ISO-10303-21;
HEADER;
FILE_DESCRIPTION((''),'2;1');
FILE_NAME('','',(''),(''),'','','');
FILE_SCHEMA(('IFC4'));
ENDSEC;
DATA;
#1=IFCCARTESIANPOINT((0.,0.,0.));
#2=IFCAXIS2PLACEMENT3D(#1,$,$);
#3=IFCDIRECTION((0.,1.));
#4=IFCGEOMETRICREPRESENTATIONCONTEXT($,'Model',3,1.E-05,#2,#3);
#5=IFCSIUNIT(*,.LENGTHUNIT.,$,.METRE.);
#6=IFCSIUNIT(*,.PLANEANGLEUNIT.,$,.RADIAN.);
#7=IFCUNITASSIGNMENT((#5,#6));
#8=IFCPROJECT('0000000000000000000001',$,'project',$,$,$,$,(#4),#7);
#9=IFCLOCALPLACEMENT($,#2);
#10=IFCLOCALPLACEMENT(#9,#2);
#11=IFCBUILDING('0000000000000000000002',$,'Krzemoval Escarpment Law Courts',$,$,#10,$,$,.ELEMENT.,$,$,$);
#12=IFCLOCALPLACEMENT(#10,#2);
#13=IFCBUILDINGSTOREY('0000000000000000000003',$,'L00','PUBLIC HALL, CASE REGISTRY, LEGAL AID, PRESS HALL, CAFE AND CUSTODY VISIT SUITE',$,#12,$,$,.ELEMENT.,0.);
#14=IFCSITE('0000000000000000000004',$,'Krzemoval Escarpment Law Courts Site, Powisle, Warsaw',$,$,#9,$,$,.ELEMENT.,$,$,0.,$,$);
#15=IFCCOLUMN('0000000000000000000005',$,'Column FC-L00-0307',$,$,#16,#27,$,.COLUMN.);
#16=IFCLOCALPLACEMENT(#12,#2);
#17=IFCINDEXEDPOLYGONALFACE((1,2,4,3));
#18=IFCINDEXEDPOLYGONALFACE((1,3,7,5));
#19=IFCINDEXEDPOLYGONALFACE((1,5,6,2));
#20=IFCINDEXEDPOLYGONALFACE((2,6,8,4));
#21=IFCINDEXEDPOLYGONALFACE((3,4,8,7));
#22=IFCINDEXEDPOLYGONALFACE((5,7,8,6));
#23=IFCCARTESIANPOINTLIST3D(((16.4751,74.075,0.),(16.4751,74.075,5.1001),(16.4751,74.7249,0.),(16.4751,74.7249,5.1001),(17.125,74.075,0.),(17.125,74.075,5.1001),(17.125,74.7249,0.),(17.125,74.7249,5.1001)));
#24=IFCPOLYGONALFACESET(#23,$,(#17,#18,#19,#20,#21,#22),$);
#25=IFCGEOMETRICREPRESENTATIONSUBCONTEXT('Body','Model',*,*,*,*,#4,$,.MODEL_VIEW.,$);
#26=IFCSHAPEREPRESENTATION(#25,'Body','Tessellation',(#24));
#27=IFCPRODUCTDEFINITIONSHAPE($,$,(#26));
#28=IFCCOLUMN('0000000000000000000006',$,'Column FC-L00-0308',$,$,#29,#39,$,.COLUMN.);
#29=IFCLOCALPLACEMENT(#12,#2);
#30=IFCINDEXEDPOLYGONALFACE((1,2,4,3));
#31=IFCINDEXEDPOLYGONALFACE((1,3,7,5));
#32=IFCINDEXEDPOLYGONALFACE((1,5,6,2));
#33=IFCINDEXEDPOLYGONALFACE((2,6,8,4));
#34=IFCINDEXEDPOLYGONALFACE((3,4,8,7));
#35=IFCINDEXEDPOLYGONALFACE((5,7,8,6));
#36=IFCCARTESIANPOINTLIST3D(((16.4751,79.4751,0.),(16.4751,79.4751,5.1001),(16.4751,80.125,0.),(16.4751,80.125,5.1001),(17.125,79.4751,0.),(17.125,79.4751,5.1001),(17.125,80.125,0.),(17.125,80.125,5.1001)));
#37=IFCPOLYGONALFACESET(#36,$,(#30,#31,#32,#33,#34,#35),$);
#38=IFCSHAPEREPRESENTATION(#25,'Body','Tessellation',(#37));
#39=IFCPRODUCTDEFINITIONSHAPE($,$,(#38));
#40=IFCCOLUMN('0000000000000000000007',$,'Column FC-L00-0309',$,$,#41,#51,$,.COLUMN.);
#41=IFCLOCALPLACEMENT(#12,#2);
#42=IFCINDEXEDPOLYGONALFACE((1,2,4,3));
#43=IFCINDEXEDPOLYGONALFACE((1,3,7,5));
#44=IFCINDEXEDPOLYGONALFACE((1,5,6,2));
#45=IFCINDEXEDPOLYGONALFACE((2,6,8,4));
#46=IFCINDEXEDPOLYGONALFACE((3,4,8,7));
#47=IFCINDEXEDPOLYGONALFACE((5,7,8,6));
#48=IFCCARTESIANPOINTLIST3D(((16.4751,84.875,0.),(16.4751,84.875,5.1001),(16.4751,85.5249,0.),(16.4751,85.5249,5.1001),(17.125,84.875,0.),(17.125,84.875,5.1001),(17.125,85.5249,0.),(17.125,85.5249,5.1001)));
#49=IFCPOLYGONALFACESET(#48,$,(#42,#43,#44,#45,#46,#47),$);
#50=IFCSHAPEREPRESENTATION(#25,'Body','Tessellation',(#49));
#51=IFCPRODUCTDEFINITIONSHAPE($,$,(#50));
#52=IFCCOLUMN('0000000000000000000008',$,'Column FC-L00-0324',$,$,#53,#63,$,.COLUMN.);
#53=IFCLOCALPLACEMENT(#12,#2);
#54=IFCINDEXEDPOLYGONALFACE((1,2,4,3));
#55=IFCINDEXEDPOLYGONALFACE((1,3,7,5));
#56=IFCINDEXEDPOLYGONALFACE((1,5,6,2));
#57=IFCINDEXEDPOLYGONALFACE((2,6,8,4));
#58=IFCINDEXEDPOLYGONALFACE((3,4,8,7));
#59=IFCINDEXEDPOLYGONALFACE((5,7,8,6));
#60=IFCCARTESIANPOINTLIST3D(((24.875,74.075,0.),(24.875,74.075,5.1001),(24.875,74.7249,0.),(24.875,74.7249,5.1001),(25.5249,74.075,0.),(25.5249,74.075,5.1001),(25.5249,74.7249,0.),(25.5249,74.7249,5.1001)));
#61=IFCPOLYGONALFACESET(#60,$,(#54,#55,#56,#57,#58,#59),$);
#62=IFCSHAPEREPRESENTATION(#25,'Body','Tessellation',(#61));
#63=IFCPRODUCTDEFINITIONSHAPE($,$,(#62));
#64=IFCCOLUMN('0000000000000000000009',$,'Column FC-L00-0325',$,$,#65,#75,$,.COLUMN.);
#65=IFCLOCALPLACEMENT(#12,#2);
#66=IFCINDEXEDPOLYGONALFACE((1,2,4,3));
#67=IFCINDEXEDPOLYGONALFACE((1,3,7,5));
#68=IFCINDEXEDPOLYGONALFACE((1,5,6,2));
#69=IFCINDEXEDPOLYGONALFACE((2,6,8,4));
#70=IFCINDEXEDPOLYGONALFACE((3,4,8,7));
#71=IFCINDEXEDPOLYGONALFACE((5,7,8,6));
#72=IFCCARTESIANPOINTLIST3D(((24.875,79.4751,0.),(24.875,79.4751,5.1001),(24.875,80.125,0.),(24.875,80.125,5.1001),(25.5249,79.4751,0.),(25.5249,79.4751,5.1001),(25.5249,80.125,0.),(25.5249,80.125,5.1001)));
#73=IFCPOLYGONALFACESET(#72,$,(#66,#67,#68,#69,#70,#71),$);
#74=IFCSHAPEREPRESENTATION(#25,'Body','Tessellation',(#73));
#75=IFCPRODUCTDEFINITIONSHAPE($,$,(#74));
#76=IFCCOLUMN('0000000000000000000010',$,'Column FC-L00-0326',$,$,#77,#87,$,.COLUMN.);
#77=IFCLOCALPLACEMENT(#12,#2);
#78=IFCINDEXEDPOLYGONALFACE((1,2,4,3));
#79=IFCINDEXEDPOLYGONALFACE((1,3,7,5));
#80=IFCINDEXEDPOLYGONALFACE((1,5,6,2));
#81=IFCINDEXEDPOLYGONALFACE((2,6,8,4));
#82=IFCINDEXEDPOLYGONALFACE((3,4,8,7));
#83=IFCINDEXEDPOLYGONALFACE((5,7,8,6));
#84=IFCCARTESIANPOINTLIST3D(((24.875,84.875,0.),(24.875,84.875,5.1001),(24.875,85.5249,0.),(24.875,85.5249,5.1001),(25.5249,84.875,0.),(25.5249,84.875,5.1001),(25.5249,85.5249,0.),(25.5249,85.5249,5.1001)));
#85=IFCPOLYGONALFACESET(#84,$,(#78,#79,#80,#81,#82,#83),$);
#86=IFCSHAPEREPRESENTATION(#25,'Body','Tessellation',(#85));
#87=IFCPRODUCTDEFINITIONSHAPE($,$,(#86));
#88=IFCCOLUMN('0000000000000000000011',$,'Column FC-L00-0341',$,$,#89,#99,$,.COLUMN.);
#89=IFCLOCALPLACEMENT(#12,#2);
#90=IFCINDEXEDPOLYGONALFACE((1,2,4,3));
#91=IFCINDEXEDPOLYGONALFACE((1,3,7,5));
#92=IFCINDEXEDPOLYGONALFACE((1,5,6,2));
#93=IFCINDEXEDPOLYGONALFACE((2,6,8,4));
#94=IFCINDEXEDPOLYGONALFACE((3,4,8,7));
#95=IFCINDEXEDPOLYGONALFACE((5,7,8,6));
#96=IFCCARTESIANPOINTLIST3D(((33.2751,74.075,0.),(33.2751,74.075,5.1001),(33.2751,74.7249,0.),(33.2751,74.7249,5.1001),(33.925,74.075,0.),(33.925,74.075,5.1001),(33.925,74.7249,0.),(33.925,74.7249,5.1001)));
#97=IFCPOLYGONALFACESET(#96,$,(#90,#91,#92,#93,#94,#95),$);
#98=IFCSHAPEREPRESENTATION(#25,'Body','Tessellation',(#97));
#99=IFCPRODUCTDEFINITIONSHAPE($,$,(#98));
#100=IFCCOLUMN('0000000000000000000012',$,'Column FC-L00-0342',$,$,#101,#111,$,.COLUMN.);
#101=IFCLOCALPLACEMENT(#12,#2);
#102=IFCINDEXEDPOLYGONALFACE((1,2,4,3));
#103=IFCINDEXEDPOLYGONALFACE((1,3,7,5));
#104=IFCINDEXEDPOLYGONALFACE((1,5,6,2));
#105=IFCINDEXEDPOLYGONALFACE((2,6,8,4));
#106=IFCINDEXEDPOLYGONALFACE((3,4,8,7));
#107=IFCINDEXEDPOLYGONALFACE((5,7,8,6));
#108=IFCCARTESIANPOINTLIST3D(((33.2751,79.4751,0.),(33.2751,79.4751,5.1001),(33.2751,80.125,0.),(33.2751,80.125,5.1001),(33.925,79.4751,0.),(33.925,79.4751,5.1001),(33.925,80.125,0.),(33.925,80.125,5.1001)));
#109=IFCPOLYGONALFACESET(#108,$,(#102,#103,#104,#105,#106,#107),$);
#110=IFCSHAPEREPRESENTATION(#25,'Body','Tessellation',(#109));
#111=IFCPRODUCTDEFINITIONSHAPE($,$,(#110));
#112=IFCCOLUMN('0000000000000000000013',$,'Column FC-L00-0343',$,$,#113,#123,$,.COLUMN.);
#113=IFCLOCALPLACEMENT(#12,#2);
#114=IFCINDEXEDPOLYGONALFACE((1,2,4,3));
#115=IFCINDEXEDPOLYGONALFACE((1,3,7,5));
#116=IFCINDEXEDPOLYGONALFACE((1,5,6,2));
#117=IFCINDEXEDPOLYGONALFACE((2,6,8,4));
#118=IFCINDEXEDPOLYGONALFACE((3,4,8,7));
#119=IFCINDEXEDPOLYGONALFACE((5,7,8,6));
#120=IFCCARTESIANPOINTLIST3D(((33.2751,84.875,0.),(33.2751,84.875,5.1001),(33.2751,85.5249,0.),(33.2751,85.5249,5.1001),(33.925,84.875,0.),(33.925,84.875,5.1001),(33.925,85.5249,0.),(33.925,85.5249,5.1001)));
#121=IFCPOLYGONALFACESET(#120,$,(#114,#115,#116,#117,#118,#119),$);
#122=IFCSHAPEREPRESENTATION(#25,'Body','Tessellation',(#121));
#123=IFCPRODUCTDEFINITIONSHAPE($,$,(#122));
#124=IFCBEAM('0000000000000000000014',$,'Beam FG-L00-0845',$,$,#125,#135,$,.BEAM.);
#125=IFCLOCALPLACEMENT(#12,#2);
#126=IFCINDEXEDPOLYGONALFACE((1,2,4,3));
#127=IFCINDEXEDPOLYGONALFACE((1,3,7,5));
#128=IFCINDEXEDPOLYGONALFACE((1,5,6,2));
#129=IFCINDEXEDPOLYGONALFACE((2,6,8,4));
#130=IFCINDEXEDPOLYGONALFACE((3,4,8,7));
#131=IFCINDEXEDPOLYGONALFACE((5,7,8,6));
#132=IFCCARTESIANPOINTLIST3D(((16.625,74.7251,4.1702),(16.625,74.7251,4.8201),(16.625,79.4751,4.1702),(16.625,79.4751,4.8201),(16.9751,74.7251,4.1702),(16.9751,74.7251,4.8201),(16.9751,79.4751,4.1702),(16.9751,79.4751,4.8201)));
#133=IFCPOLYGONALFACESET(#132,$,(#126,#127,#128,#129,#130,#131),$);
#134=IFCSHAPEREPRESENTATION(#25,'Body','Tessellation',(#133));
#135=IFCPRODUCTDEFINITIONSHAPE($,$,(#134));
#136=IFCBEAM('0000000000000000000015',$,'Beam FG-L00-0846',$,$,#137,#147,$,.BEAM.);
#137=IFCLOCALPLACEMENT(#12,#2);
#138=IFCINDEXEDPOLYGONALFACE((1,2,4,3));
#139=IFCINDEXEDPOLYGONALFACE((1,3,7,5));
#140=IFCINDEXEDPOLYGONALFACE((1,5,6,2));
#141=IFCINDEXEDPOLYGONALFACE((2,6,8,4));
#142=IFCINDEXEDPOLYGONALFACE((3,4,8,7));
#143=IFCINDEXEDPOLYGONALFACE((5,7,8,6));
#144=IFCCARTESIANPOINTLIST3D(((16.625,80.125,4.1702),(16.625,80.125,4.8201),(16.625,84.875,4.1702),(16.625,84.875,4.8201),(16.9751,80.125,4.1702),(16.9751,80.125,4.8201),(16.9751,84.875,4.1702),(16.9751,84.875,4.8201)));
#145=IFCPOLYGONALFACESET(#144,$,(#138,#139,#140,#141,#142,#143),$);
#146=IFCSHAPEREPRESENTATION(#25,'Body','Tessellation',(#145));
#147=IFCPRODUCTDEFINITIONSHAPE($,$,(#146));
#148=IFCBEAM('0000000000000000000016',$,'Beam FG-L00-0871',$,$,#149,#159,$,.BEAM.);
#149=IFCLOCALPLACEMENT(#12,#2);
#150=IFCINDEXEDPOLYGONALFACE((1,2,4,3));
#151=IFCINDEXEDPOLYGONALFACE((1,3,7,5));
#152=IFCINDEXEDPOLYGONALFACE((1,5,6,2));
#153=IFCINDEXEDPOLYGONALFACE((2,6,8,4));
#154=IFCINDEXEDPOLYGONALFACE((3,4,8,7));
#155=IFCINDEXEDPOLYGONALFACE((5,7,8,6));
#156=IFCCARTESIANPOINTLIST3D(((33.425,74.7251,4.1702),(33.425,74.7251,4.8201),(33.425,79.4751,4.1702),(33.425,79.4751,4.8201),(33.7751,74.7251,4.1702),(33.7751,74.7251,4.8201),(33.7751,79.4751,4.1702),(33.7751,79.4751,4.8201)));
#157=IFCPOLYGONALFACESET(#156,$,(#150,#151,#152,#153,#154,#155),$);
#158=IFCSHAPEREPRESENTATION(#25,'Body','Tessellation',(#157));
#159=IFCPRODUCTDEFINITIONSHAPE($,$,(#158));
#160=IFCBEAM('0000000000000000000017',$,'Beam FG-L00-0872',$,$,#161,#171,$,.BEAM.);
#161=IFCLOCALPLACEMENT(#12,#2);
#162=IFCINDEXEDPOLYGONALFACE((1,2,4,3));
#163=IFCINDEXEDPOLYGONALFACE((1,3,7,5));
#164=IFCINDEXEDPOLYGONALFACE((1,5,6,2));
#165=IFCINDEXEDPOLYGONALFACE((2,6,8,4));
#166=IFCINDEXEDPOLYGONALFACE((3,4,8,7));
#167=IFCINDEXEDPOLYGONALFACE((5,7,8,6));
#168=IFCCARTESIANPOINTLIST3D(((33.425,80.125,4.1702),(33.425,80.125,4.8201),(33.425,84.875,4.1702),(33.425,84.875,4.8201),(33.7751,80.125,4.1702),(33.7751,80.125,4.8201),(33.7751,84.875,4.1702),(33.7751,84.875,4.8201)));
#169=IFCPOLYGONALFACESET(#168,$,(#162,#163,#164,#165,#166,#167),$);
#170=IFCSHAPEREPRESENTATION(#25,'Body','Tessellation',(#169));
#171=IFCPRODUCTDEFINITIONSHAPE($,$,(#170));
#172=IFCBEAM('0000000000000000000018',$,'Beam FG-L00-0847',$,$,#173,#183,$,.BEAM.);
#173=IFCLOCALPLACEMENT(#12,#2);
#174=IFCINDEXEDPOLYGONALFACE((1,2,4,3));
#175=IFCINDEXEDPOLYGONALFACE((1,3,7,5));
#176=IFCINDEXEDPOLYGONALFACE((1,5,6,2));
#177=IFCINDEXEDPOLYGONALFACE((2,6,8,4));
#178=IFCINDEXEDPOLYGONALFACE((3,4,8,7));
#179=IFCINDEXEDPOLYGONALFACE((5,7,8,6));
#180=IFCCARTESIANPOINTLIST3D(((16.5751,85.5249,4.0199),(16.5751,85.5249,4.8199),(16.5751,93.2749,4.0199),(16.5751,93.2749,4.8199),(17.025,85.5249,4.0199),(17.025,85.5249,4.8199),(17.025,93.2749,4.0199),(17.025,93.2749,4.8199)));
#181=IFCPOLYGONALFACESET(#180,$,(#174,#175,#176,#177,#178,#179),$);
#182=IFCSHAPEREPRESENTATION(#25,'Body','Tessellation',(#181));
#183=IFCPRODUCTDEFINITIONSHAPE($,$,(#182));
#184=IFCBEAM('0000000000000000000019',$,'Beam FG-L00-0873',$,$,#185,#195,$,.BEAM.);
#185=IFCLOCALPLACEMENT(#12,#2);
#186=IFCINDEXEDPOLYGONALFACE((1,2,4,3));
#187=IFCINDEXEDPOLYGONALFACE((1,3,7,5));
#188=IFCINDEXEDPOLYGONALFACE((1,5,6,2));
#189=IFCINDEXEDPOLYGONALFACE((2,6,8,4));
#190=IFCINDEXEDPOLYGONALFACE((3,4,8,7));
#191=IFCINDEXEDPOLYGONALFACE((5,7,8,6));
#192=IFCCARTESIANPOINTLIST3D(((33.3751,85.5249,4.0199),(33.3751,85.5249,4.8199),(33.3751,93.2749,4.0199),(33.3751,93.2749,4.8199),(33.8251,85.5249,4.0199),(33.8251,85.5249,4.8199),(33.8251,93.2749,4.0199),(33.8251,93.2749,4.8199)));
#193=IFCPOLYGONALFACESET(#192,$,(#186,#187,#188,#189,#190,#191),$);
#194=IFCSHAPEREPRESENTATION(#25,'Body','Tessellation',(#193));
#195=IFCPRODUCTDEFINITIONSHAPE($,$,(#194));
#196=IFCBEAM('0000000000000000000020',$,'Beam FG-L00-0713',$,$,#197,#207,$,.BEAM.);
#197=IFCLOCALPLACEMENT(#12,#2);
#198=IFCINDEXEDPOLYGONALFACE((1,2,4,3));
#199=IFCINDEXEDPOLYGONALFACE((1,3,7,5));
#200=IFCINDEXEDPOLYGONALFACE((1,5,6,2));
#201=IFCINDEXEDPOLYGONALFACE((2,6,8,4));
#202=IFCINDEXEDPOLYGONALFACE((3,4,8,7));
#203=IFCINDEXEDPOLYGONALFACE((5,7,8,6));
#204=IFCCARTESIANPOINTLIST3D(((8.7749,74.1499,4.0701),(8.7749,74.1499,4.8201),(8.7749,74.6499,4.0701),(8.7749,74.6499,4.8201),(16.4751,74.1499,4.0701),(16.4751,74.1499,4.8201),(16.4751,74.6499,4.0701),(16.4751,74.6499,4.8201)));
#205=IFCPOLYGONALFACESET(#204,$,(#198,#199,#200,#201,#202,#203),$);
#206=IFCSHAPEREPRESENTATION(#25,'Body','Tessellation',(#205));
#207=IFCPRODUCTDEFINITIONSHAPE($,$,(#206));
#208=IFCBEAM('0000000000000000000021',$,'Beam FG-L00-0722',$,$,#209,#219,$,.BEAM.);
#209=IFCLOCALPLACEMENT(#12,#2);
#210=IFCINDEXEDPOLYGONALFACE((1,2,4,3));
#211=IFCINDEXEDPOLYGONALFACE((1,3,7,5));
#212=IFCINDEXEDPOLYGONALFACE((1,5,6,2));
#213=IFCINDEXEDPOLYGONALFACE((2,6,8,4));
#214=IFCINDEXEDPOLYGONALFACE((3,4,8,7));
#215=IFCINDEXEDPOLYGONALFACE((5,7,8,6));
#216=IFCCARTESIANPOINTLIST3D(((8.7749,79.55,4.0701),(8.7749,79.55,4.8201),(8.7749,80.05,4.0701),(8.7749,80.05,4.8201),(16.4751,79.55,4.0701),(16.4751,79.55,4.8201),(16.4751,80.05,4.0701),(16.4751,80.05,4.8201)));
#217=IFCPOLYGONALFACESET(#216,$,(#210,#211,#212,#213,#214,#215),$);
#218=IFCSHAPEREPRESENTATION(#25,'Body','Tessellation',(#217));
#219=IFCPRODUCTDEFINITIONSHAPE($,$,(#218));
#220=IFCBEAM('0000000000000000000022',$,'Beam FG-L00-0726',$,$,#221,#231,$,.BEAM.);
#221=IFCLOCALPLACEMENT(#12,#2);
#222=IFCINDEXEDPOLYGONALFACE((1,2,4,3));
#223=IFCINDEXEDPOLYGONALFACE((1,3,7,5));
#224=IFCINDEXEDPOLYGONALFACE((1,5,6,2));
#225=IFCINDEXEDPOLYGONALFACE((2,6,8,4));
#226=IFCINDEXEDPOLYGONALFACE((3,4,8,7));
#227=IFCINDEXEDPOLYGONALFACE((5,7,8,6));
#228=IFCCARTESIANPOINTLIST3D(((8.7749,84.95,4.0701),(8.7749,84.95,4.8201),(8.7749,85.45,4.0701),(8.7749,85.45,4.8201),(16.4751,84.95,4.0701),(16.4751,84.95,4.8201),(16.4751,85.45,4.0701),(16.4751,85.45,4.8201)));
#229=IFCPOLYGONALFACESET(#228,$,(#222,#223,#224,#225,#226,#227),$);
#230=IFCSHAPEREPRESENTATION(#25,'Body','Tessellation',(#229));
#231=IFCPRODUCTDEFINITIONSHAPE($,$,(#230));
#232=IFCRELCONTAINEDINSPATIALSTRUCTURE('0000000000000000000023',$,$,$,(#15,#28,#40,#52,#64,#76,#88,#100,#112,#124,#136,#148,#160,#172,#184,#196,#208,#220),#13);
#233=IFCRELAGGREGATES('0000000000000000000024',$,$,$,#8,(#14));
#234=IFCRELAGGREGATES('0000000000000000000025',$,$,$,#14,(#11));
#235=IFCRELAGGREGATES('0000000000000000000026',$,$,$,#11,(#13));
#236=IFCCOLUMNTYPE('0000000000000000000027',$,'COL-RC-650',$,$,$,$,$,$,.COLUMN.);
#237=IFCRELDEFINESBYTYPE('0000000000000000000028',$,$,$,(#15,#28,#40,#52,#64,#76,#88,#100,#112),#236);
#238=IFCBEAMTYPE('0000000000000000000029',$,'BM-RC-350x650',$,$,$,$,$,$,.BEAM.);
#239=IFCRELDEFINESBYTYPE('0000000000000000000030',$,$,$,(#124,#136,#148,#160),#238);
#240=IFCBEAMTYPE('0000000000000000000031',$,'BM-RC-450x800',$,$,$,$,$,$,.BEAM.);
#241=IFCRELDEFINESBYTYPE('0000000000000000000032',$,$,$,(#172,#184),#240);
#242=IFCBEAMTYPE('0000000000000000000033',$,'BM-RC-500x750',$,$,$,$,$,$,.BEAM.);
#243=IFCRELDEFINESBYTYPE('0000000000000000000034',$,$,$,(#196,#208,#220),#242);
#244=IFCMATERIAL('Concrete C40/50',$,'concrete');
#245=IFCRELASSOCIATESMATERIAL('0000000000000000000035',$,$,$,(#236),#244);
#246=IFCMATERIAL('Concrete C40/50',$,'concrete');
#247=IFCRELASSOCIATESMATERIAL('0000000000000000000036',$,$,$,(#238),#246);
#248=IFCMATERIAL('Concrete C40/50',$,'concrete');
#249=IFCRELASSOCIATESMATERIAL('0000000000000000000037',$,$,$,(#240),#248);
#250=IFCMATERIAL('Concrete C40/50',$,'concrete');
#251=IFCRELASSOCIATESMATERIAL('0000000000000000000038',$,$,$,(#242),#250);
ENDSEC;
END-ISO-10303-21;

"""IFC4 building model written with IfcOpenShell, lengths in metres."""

from ifc_helpers import new_model, si_unit, direction, frame, origin, origin_2d, place, context, subcontext, project, spatial, rectangle, extrude, material, material_profile, profile_set, type_object, element, save


model = new_model("IFC4")

# Units and contexts
model_context = context("Model", 3, precision=1e-05, world=origin(), true_north=direction((0.0, 1.0)))
body_context = subcontext(model_context, "Body", "Model", "MODEL_VIEW")
ifc_project = project(units=[si_unit("LENGTHUNIT", "METRE"), si_unit("PLANEANGLEUNIT", "RADIAN")], contexts=[model_context])

# Site, building, storey
site_placement = place(None, origin())
site = spatial("IfcSite", under=ifc_project, at=site_placement, Name="Krzemoval Escarpment Law Courts Site, Powisle, Warsaw", CompositionType="ELEMENT", RefElevation=0.0)
building_placement = place(site_placement, origin())
building = spatial("IfcBuilding", under=site, at=building_placement, Name="Krzemoval Escarpment Law Courts", CompositionType="ELEMENT")
storey_placement = place(building_placement, origin())
storey = spatial("IfcBuildingStorey", under=building, at=storey_placement, Name="L00", Description="PUBLIC HALL, CASE REGISTRY, LEGAL AID, PRESS HALL, CAFE AND CUSTODY VISIT SUITE", CompositionType="ELEMENT", Elevation=0.0)

# Columns
ifc_material_1 = material(Name="Concrete C40/50", Category="concrete")
ifc_material_profile_1 = material_profile(ifc_material_1, rectangle(XDim=0.6499, YDim=0.6499, at=origin_2d()), Name="RC 650x650")
ifc_profile_set_1 = profile_set([ifc_material_profile_1], Name="Concrete C40/50")
column_type = type_object("IfcColumnType", Name="COL-RC-650", PredefinedType="COLUMN", material=ifc_profile_set_1)
for number, where, z_axis, x_axis, name in (
    (1, (16.8, 74.3999, 0.0), (0.0, 0.0, 1.0), (1.0, 0.0, 0.0), "Column FC-L00-0307"),
    (2, (16.8, 79.8, 0.0), (0.0, 0.0, 1.0), (1.0, 0.0, 0.0), "Column FC-L00-0308"),
    (3, (16.8, 85.2, 0.0), (0.0, 0.0, 1.0), (1.0, 0.0, 0.0), "Column FC-L00-0309"),
    (4, (25.2, 74.3999, 0.0), (0.0, 0.0, 1.0), (1.0, 0.0, 0.0), "Column FC-L00-0324"),
    (5, (25.2, 79.8, 0.0), (0.0, 0.0, 1.0), (1.0, 0.0, 0.0), "Column FC-L00-0325"),
    (6, (25.2, 85.2, 0.0), (0.0, 0.0, 1.0), (1.0, 0.0, 0.0), "Column FC-L00-0326"),
    (7, (33.6001, 74.3999, 0.0), (0.0, 0.0, 1.0), (1.0, 0.0, 0.0), "Column FC-L00-0341"),
    (8, (33.6001, 79.8, 0.0), (0.0, 0.0, 1.0), (1.0, 0.0, 0.0), "Column FC-L00-0342"),
    (9, (33.6001, 85.2, 0.0), (0.0, 0.0, 1.0), (1.0, 0.0, 0.0), "Column FC-L00-0343"),
):
    element("IfcColumn", number, at=place(storey_placement, frame(where, z_axis=z_axis, x_axis=x_axis)), inside=storey, type_object=column_type, Name=name, PredefinedType="COLUMN", context=body_context, shape_type="SweptSolid", body=[
        extrude(rectangle(XDim=0.6499, YDim=0.6499, at=origin_2d()), origin(), (0.0, 0.0, 1.0), 5.1001),
    ])

# Beams
ifc_material_2 = material(Name="Concrete C40/50", Category="concrete")
ifc_material_profile_2 = material_profile(ifc_material_2, rectangle(XDim=0.3501, YDim=0.6499, at=origin_2d()), Name="RCB 350x650")
ifc_profile_set_2 = profile_set([ifc_material_profile_2], Name="Concrete C40/50")
beam_type_1 = type_object("IfcBeamType", Name="BM-RC-350x650", PredefinedType="BEAM", material=ifc_profile_set_2)
for number, where, z_axis, x_axis, name in (
    (10, (16.8, 74.7251, 4.4951), (0.0, 1.0, 0.0), (-1.0, 0.0, 0.0), "Beam FG-L00-0845"),
    (11, (16.8, 80.125, 4.4951), (0.0, 1.0, 0.0), (-1.0, 0.0, 0.0), "Beam FG-L00-0846"),
    (12, (33.6001, 74.7251, 4.4951), (0.0, 1.0, 0.0), (-1.0, 0.0, 0.0), "Beam FG-L00-0871"),
    (13, (33.6001, 80.125, 4.4951), (0.0, 1.0, 0.0), (-1.0, 0.0, 0.0), "Beam FG-L00-0872"),
):
    element("IfcBeam", number, at=place(storey_placement, frame(where, z_axis=z_axis, x_axis=x_axis)), inside=storey, type_object=beam_type_1, Name=name, PredefinedType="BEAM", context=body_context, shape_type="SweptSolid", body=[
        extrude(rectangle(XDim=0.3501, YDim=0.6499, at=origin_2d()), origin(), (0.0, 0.0, 1.0), 4.75),
    ])
ifc_material_3 = material(Name="Concrete C40/50", Category="concrete")
ifc_material_profile_3 = material_profile(ifc_material_3, rectangle(XDim=0.45, YDim=0.8, at=origin_2d()), Name="RCB 450x800")
ifc_profile_set_3 = profile_set([ifc_material_profile_3], Name="Concrete C40/50")
beam_type_2 = type_object("IfcBeamType", Name="BM-RC-450x800", PredefinedType="BEAM", material=ifc_profile_set_3)
for number, where, z_axis, x_axis, name in (
    (14, (16.8, 85.5249, 4.4199), (0.0, 1.0, 0.0), (-1.0, 0.0, 0.0), "Beam FG-L00-0847"),
    (15, (33.6001, 85.5249, 4.4199), (0.0, 1.0, 0.0), (-1.0, 0.0, 0.0), "Beam FG-L00-0873"),
):
    element("IfcBeam", number, at=place(storey_placement, frame(where, z_axis=z_axis, x_axis=x_axis)), inside=storey, type_object=beam_type_2, Name=name, PredefinedType="BEAM", context=body_context, shape_type="SweptSolid", body=[
        extrude(rectangle(XDim=0.45, YDim=0.8, at=origin_2d()), origin(), (0.0, 0.0, 1.0), 7.75),
    ])
ifc_material_4 = material(Name="Concrete C40/50", Category="concrete")
ifc_material_profile_4 = material_profile(ifc_material_4, rectangle(XDim=0.5, YDim=0.75, at=origin_2d()), Name="RCB 500x750")
ifc_profile_set_4 = profile_set([ifc_material_profile_4], Name="Concrete C40/50")
beam_type_3 = type_object("IfcBeamType", Name="BM-RC-500x750", PredefinedType="BEAM", material=ifc_profile_set_4)
for number, where, z_axis, x_axis, name in (
    (16, (8.7749, 74.3999, 4.4451), (1.0, 0.0, 0.0), (0.0, 1.0, 0.0), "Beam FG-L00-0713"),
    (17, (8.7749, 79.8, 4.4451), (1.0, 0.0, 0.0), (0.0, 1.0, 0.0), "Beam FG-L00-0722"),
    (18, (8.7749, 85.2, 4.4451), (1.0, 0.0, 0.0), (0.0, 1.0, 0.0), "Beam FG-L00-0726"),
):
    element("IfcBeam", number, at=place(storey_placement, frame(where, z_axis=z_axis, x_axis=x_axis)), inside=storey, type_object=beam_type_3, Name=name, PredefinedType="BEAM", context=body_context, shape_type="SweptSolid", body=[
        extrude(rectangle(XDim=0.5, YDim=0.75, at=origin_2d()), origin(), (0.0, 0.0, 1.0), 7.7002),
    ])

save(model, "model.ifc")
